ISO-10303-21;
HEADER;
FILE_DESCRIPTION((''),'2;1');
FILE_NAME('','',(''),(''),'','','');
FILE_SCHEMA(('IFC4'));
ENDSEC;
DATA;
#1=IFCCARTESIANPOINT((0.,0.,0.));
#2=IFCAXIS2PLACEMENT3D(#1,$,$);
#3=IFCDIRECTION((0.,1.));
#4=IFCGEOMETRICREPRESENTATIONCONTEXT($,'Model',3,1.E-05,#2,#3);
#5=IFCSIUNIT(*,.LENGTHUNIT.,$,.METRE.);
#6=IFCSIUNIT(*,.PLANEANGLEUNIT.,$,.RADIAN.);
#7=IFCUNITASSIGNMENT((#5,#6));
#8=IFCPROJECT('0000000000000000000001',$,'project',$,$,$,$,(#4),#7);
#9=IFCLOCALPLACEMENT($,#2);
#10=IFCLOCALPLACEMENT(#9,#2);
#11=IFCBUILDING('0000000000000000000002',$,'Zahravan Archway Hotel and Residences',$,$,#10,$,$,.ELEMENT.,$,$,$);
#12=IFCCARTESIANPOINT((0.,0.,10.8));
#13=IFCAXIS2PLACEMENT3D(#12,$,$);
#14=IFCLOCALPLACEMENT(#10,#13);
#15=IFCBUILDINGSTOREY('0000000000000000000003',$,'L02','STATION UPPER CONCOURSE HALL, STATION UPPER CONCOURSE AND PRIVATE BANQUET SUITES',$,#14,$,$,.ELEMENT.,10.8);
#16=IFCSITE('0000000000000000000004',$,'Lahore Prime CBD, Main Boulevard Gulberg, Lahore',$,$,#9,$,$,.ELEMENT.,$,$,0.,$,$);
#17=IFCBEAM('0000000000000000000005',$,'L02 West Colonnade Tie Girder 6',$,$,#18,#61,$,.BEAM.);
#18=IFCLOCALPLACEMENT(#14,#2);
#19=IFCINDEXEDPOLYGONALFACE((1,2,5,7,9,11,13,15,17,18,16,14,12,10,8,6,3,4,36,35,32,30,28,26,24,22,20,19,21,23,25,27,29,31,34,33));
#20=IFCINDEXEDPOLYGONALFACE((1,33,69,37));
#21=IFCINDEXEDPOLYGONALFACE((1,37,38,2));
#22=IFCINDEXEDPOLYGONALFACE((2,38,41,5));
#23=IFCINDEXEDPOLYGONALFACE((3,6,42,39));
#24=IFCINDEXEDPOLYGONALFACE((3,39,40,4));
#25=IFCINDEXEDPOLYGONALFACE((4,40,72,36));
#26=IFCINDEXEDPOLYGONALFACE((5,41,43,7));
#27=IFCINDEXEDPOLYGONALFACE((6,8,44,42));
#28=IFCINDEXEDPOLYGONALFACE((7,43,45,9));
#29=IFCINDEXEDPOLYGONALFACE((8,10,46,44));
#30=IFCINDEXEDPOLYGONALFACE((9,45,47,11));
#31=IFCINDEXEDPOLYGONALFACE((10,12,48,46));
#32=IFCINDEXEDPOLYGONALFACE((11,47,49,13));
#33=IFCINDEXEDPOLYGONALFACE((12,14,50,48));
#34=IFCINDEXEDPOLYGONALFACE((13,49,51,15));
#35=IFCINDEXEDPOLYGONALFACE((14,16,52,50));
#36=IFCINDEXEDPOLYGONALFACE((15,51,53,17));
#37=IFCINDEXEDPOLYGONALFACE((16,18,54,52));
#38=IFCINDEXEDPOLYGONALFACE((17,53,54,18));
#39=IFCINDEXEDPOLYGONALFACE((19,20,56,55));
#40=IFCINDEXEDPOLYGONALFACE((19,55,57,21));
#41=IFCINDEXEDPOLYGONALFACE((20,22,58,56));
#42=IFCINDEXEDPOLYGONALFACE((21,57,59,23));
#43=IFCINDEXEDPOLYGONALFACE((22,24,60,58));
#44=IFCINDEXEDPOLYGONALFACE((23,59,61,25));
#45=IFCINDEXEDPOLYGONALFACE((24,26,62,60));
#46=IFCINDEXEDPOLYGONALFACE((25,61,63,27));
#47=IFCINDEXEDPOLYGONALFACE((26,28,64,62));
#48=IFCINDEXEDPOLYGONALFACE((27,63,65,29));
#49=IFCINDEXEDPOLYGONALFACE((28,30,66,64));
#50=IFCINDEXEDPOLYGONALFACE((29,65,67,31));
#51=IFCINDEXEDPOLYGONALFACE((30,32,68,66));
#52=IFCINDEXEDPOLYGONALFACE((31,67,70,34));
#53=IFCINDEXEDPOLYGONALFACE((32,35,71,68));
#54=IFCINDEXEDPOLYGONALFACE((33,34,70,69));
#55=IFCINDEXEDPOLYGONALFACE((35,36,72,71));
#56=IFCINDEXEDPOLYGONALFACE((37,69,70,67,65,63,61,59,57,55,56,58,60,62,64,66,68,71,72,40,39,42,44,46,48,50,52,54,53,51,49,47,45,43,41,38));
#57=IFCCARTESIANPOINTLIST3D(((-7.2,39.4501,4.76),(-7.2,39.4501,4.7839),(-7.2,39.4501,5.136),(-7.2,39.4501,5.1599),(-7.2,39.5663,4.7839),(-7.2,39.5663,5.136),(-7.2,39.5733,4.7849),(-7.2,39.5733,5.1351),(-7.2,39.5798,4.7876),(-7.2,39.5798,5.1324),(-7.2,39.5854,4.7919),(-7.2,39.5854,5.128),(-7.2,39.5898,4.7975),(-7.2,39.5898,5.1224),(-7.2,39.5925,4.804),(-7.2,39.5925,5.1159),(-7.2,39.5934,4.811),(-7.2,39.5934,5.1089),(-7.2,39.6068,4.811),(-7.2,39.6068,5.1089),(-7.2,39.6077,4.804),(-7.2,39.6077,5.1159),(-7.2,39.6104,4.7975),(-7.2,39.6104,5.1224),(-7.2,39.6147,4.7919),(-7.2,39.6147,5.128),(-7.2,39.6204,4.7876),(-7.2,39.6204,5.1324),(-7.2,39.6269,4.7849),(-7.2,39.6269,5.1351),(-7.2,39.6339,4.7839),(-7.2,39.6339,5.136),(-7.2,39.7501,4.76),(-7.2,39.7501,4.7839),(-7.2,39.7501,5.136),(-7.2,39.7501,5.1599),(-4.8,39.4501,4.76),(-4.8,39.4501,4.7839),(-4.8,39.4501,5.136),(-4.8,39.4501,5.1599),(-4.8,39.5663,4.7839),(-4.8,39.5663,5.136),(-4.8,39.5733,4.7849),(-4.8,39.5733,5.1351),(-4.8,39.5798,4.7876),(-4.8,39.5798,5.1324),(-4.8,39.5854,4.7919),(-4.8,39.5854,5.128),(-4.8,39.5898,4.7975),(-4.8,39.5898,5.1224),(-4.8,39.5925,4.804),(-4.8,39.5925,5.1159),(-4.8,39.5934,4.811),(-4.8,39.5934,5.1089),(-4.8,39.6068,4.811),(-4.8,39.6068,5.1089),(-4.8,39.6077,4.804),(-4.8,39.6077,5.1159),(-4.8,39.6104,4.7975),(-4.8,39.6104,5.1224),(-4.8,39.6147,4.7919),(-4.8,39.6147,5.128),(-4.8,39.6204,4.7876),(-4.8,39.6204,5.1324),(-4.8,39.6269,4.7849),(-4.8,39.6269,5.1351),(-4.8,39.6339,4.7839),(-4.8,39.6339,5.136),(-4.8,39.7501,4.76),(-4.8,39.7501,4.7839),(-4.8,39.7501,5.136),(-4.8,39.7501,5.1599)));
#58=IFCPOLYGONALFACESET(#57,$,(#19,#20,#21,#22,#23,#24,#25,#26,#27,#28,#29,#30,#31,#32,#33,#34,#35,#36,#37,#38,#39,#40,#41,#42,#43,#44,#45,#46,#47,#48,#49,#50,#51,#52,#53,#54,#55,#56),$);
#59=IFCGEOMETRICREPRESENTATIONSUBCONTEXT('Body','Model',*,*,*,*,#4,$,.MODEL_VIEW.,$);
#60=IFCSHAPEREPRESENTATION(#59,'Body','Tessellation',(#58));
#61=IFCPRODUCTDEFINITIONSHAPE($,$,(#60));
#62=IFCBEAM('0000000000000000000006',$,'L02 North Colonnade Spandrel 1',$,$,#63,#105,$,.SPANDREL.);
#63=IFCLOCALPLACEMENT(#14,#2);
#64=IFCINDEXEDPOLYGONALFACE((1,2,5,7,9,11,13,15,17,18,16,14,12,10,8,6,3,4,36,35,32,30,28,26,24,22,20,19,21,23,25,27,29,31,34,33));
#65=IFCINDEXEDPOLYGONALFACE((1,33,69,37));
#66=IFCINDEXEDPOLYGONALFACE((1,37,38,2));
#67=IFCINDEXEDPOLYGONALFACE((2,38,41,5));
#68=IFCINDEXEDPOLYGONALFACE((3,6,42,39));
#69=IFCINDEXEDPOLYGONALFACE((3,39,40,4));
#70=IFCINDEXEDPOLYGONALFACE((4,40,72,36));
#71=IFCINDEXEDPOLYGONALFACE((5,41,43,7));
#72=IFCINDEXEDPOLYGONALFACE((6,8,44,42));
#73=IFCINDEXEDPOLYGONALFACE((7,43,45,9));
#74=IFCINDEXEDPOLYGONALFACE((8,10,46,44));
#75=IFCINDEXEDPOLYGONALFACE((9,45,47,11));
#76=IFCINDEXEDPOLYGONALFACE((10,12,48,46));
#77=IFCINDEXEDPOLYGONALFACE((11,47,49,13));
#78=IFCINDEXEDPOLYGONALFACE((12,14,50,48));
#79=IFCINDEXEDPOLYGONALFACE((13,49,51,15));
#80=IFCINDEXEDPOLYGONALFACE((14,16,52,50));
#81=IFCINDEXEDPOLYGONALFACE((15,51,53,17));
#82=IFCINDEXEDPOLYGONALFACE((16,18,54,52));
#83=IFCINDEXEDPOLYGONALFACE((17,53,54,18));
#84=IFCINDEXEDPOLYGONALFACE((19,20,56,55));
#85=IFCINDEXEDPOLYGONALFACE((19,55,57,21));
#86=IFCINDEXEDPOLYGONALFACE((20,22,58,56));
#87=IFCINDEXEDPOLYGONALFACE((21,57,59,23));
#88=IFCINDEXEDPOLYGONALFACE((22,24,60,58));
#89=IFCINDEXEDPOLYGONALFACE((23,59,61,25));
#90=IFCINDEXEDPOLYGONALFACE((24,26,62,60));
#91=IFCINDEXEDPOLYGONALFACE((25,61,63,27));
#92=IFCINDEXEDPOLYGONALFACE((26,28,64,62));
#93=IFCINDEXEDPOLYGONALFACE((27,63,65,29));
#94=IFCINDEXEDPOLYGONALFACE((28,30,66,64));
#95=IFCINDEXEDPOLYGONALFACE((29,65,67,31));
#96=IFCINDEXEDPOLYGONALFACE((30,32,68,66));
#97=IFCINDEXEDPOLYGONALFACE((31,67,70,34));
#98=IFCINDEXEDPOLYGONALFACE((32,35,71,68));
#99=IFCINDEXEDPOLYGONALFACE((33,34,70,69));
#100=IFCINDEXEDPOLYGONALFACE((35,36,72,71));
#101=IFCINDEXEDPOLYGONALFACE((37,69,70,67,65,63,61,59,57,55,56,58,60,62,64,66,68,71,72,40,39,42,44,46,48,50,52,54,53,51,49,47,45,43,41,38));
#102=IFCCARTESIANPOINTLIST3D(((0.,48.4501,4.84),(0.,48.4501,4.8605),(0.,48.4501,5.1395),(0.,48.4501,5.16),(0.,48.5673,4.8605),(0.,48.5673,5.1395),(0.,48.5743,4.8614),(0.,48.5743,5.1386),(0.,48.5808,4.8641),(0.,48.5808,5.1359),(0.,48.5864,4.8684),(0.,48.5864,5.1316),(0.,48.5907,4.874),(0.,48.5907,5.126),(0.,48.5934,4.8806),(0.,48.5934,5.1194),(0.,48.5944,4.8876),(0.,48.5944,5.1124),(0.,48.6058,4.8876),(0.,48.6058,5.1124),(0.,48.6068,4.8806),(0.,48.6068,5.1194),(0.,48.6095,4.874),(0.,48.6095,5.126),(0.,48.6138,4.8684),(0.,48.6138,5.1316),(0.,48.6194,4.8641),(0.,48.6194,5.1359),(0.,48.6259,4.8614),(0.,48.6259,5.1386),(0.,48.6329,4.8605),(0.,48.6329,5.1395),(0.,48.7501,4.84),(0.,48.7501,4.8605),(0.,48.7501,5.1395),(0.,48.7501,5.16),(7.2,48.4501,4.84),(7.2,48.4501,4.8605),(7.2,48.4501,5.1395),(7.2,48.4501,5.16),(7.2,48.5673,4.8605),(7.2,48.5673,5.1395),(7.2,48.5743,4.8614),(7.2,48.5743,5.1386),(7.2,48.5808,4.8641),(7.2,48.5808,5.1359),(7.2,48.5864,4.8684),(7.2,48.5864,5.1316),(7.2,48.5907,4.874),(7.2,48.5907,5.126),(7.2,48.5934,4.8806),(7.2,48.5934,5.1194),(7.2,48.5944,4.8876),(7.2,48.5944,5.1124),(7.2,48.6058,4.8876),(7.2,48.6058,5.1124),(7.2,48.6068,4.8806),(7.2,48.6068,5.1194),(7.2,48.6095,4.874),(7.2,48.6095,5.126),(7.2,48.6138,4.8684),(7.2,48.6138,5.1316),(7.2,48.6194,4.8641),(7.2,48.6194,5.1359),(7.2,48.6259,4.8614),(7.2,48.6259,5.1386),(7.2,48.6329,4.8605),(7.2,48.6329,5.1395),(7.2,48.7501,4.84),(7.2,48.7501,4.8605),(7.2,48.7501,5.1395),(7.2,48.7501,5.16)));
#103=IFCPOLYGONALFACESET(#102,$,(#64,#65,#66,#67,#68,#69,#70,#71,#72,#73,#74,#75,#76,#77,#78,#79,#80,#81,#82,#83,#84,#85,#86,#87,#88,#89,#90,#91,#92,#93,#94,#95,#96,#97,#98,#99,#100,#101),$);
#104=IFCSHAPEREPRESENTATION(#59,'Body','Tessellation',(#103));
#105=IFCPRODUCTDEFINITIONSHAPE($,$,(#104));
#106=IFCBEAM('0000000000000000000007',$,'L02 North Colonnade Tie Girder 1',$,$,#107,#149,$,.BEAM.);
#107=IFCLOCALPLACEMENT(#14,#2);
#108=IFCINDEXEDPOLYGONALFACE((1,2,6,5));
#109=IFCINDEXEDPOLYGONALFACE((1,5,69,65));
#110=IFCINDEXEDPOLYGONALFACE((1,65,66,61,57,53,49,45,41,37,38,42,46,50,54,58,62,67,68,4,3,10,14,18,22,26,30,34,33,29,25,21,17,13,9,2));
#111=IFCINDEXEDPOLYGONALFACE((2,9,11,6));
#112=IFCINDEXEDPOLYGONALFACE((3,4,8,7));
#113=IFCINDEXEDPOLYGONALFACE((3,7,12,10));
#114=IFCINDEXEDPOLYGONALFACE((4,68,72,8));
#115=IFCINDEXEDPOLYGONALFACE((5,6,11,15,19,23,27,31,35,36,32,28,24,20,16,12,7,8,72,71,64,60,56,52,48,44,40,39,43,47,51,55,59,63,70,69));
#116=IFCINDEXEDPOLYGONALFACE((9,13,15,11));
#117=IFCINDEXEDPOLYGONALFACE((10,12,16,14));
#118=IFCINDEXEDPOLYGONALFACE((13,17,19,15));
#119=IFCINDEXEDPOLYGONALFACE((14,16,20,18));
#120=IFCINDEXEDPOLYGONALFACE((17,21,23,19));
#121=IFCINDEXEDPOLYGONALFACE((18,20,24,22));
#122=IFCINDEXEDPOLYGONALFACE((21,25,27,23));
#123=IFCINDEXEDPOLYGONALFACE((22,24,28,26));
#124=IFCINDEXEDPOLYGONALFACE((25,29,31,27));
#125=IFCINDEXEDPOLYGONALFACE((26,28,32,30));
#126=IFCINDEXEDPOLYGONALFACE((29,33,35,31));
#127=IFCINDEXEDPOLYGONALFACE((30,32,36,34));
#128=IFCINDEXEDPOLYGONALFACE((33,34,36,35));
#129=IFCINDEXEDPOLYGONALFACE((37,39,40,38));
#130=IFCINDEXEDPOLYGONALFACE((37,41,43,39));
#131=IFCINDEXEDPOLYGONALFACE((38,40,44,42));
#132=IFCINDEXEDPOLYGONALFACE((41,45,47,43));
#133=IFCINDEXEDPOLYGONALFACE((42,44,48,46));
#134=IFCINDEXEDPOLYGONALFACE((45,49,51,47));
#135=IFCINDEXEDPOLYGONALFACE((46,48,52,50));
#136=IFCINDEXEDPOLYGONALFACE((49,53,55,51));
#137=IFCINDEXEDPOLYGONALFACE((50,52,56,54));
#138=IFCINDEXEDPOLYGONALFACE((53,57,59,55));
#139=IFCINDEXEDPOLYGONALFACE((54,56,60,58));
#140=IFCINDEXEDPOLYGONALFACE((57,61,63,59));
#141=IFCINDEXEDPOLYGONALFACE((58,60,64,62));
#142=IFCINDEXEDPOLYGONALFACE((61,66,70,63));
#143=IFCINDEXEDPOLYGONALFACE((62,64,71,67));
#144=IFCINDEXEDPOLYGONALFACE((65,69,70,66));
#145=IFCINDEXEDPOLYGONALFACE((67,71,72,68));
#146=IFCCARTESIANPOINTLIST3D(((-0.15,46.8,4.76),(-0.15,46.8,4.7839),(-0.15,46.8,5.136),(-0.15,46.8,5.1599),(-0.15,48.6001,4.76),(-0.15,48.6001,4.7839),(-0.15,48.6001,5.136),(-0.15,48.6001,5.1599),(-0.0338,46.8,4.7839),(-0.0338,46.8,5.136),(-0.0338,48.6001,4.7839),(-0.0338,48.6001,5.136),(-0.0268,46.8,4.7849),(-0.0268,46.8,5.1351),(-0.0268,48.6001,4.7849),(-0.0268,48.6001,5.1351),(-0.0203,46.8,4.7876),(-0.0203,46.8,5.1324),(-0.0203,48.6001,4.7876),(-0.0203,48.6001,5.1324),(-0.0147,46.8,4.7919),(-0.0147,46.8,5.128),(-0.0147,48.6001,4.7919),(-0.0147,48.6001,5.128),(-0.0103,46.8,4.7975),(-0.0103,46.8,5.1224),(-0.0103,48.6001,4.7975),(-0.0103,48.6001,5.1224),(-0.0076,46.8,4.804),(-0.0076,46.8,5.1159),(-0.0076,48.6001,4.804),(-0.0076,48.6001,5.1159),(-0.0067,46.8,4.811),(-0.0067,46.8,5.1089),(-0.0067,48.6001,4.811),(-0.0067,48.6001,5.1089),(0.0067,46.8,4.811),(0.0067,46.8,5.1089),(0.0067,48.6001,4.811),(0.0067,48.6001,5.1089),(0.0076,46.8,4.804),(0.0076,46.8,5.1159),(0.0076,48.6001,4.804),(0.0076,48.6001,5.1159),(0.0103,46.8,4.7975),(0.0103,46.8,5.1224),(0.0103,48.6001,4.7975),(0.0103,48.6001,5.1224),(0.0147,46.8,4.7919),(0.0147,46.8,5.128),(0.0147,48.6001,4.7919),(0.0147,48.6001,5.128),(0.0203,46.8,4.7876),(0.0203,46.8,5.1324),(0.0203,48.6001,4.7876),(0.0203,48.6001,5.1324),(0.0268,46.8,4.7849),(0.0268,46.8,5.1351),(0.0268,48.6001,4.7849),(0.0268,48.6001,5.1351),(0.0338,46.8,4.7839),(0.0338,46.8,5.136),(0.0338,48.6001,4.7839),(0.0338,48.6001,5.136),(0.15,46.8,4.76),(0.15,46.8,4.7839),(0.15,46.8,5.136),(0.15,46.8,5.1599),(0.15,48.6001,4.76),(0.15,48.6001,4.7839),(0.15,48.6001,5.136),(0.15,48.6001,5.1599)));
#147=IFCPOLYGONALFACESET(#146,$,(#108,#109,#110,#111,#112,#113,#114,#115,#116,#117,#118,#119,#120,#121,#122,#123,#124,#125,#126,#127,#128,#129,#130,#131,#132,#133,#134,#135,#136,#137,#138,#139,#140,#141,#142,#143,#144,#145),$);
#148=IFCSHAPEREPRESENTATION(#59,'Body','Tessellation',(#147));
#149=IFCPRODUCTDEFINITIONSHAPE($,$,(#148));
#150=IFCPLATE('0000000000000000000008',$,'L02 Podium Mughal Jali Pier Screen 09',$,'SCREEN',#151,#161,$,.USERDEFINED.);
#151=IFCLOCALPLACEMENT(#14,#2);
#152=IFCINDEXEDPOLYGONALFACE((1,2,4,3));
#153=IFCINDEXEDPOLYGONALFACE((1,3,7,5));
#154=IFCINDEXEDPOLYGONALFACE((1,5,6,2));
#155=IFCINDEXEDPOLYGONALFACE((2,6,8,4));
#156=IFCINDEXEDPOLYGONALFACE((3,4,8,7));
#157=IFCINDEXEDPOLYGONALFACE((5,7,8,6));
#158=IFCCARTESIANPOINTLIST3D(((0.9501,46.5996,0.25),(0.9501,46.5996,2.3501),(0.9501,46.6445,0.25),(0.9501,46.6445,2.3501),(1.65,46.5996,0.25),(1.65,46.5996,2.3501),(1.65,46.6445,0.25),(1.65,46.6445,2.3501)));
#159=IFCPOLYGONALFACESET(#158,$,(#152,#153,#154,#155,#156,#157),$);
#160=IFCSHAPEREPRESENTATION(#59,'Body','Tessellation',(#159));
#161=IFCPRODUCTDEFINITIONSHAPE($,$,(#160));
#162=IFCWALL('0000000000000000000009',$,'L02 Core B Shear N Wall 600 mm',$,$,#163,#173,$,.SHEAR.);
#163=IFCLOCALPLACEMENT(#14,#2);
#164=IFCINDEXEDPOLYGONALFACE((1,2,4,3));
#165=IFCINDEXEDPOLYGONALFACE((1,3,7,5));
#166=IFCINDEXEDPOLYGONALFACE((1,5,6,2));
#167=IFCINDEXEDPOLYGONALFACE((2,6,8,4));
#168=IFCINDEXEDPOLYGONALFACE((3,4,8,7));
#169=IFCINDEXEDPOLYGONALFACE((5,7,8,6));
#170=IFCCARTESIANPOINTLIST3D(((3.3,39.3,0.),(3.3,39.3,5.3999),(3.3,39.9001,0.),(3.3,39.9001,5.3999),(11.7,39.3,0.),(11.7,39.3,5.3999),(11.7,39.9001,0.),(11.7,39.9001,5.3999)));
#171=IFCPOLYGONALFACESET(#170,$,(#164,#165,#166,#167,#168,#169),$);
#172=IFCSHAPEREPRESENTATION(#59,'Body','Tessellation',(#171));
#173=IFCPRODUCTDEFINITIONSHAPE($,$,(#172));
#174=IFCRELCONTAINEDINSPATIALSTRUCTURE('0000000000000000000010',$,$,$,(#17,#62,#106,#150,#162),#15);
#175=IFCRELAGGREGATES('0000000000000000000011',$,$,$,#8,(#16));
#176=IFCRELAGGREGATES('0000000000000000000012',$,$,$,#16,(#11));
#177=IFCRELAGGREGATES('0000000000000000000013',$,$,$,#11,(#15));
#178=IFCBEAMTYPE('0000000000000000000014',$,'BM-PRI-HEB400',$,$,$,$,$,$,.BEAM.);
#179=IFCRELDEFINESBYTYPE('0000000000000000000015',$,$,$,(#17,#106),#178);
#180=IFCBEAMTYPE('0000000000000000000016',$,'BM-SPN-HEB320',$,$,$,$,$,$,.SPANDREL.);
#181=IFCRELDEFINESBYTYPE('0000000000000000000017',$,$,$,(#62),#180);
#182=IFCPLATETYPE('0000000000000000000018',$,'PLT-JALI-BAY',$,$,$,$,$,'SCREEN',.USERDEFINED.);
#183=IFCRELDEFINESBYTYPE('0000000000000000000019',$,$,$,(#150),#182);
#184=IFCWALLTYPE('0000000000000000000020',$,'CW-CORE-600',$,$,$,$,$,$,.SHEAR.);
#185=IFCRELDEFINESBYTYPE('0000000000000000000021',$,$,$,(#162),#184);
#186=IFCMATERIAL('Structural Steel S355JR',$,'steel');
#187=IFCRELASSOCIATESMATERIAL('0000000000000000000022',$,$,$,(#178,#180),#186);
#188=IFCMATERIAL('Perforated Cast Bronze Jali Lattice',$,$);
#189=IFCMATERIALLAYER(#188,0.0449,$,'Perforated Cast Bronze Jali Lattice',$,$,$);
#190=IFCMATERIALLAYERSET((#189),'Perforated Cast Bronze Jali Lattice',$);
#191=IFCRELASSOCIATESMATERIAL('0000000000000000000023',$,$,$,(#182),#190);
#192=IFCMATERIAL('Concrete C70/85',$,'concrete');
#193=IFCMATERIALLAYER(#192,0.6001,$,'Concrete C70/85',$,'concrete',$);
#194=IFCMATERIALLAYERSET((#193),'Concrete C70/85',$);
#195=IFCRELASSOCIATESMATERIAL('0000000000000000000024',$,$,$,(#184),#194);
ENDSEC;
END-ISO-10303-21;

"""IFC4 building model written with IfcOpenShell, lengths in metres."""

from ifc_helpers import new_model, si_unit, direction, frame, frame_2d, origin, origin_2d, place, context, subcontext, project, spatial, rectangle, i_section, extrude, source, transform, mapped, material, layer, layer_set, material_profile, profile_set, type_object, type_shapes, element, save


model = new_model("IFC4")

# Units and contexts
model_context = context("Model", 3, precision=1e-05, world=origin(), true_north=direction((0.0, 1.0)))
body_context = subcontext(model_context, "Body", "Model", "MODEL_VIEW")
ifc_project = project(units=[si_unit("LENGTHUNIT", "METRE"), si_unit("PLANEANGLEUNIT", "RADIAN")], contexts=[model_context])

# Site, building, storey
site_placement = place(None, origin())
site = spatial("IfcSite", under=ifc_project, at=site_placement, Name="Lahore Prime CBD, Main Boulevard Gulberg, Lahore", CompositionType="ELEMENT", RefElevation=0.0)
building_placement = place(site_placement, origin())
building = spatial("IfcBuilding", under=site, at=building_placement, Name="Zahravan Archway Hotel and Residences", CompositionType="ELEMENT")
storey_placement = place(building_placement, frame((0.0, 0.0, 10.8)))
storey = spatial("IfcBuildingStorey", under=building, at=storey_placement, Name="L02", Description="STATION UPPER CONCOURSE HALL, STATION UPPER CONCOURSE AND PRIVATE BANQUET SUITES", CompositionType="ELEMENT", Elevation=10.8)

# Beams
ifc_material_1 = material(Name="Structural Steel S355JR", Category="steel")
ifc_material_profile_1 = material_profile(ifc_material_1, i_section(OverallWidth=0.3, OverallDepth=0.3999, WebThickness=0.0134, FlangeThickness=0.0239, FilletRadius=0.0271, at=origin_2d()), Name="HEB 400", Category="steel")
ifc_profile_set_1 = profile_set([ifc_material_profile_1], Name="Structural Steel S355JR")
beam_type_1 = type_object("IfcBeamType", Name="BM-PRI-HEB400", PredefinedType="BEAM", material=ifc_profile_set_1)
shared_shape_1 = source(origin(), body_context, "Body", "SweptSolid", [
    extrude(i_section(OverallWidth=0.3, OverallDepth=0.3999, WebThickness=0.0134, FlangeThickness=0.0239, FilletRadius=0.0271, at=origin_2d()), origin(), (0.0, 0.0, 1.0), 2.3999),
])
beam_1_placement = place(storey_placement, frame((-7.2, 39.6001, 4.96), z_axis=(1.0, 0.0, 0.0), x_axis=(0.0, 1.0, 0.0)))
element("IfcBeam", 1, at=beam_1_placement, inside=storey, type_object=beam_type_1, Name="L02 West Colonnade Tie Girder 6", PredefinedType="BEAM", context=body_context, shape_type="MappedRepresentation", body=[
    mapped(shared_shape_1, transform((0.0, 0.0, 0.0), scale=1.0)),
])
ifc_material_profile_2 = material_profile(ifc_material_1, i_section(OverallWidth=0.3, OverallDepth=0.3201, WebThickness=0.0115, FlangeThickness=0.0205, FilletRadius=0.0271, at=origin_2d()), Name="HEB 320", Category="steel")
ifc_profile_set_2 = profile_set([ifc_material_profile_2], Name="Structural Steel S355JR")
beam_type_2 = type_object("IfcBeamType", Name="BM-SPN-HEB320", PredefinedType="SPANDREL", material=ifc_profile_set_2)
shared_shape_2 = source(origin(), body_context, "Body", "SweptSolid", [
    extrude(i_section(OverallWidth=0.3, OverallDepth=0.3201, WebThickness=0.0115, FlangeThickness=0.0205, FilletRadius=0.0271, at=origin_2d()), origin(), (0.0, 0.0, 1.0), 7.2),
])
type_shapes(beam_type_2, [shared_shape_2])
beam_2_placement = place(storey_placement, frame((0.0, 48.6001, 5.0), z_axis=(1.0, 0.0, 0.0), x_axis=(0.0, 1.0, 0.0)))
element("IfcBeam", 2, at=beam_2_placement, inside=storey, type_object=beam_type_2, Name="L02 North Colonnade Spandrel 1", PredefinedType="SPANDREL", context=body_context, shape_type="MappedRepresentation", body=[
    mapped(shared_shape_2, transform((0.0, 0.0, 0.0), scale=1.0)),
])
shared_shape_3 = source(origin(), body_context, "Body", "SweptSolid", [
    extrude(i_section(OverallWidth=0.3, OverallDepth=0.3999, WebThickness=0.0134, FlangeThickness=0.0239, FilletRadius=0.0271, at=origin_2d()), origin(), (0.0, 0.0, 1.0), 1.8),
])
beam_3_placement = place(storey_placement, frame((0.0, 46.8, 4.96), z_axis=(0.0, 1.0, 0.0), x_axis=(-1.0, 0.0, 0.0)))
element("IfcBeam", 3, at=beam_3_placement, inside=storey, type_object=beam_type_1, Name="L02 North Colonnade Tie Girder 1", PredefinedType="BEAM", context=body_context, shape_type="MappedRepresentation", body=[
    mapped(shared_shape_3, transform((0.0, 0.0, 0.0), scale=1.0)),
])

# Plate
ifc_material_2 = material(Name="Perforated Cast Bronze Jali Lattice")
ifc_layer_1 = layer(ifc_material_2, 0.0449, Name="Perforated Cast Bronze Jali Lattice")
ifc_layer_set_1 = layer_set([ifc_layer_1], Name="Perforated Cast Bronze Jali Lattice")
plate_type = type_object("IfcPlateType", Name="PLT-JALI-BAY", ElementType="SCREEN", PredefinedType="USERDEFINED", material=ifc_layer_set_1)
shared_shape_4 = source(origin(), body_context, "Body", "SweptSolid", [
    extrude(rectangle(XDim=0.7, YDim=0.0449, at=origin_2d()), origin(), (0.0, 0.0, 1.0), 2.1001),
])
type_shapes(plate_type, [shared_shape_4])
plate_placement = place(storey_placement, frame((1.3, 46.6221, 0.25), z_axis=(0.0, 0.0, 1.0), x_axis=(1.0, 0.0, 0.0)))
element("IfcPlate", 4, at=plate_placement, inside=storey, type_object=plate_type, Name="L02 Podium Mughal Jali Pier Screen 09", ObjectType="SCREEN", PredefinedType="USERDEFINED", context=body_context, shape_type="MappedRepresentation", body=[
    mapped(shared_shape_4, transform((0.0, 0.0, 0.0), scale=1.0)),
])

# Wall
ifc_material_3 = material(Name="Concrete C70/85", Category="concrete")
ifc_layer_2 = layer(ifc_material_3, 0.6001, Name="Concrete C70/85", Category="concrete")
ifc_layer_set_2 = layer_set([ifc_layer_2], Name="Concrete C70/85")
wall_type_1 = type_object("IfcWallType", Name="CW-CORE-600", PredefinedType="SHEAR", material=ifc_layer_set_2)
wall_1_placement = place(storey_placement, frame((3.3, 39.6001, 0.0), z_axis=(0.0, 0.0, 1.0), x_axis=(1.0, 0.0, 0.0)))
element("IfcWall", 5, at=wall_1_placement, inside=storey, type_object=wall_type_1, Name="L02 Core B Shear N Wall 600 mm", PredefinedType="SHEAR", context=body_context, shape_type="SweptSolid", body=[
    extrude(rectangle(XDim=8.3999, YDim=0.6001, at=frame_2d((4.2, 0.0))), origin(), (0.0, 0.0, 1.0), 5.3999),
])

save(model, "model.ifc")
